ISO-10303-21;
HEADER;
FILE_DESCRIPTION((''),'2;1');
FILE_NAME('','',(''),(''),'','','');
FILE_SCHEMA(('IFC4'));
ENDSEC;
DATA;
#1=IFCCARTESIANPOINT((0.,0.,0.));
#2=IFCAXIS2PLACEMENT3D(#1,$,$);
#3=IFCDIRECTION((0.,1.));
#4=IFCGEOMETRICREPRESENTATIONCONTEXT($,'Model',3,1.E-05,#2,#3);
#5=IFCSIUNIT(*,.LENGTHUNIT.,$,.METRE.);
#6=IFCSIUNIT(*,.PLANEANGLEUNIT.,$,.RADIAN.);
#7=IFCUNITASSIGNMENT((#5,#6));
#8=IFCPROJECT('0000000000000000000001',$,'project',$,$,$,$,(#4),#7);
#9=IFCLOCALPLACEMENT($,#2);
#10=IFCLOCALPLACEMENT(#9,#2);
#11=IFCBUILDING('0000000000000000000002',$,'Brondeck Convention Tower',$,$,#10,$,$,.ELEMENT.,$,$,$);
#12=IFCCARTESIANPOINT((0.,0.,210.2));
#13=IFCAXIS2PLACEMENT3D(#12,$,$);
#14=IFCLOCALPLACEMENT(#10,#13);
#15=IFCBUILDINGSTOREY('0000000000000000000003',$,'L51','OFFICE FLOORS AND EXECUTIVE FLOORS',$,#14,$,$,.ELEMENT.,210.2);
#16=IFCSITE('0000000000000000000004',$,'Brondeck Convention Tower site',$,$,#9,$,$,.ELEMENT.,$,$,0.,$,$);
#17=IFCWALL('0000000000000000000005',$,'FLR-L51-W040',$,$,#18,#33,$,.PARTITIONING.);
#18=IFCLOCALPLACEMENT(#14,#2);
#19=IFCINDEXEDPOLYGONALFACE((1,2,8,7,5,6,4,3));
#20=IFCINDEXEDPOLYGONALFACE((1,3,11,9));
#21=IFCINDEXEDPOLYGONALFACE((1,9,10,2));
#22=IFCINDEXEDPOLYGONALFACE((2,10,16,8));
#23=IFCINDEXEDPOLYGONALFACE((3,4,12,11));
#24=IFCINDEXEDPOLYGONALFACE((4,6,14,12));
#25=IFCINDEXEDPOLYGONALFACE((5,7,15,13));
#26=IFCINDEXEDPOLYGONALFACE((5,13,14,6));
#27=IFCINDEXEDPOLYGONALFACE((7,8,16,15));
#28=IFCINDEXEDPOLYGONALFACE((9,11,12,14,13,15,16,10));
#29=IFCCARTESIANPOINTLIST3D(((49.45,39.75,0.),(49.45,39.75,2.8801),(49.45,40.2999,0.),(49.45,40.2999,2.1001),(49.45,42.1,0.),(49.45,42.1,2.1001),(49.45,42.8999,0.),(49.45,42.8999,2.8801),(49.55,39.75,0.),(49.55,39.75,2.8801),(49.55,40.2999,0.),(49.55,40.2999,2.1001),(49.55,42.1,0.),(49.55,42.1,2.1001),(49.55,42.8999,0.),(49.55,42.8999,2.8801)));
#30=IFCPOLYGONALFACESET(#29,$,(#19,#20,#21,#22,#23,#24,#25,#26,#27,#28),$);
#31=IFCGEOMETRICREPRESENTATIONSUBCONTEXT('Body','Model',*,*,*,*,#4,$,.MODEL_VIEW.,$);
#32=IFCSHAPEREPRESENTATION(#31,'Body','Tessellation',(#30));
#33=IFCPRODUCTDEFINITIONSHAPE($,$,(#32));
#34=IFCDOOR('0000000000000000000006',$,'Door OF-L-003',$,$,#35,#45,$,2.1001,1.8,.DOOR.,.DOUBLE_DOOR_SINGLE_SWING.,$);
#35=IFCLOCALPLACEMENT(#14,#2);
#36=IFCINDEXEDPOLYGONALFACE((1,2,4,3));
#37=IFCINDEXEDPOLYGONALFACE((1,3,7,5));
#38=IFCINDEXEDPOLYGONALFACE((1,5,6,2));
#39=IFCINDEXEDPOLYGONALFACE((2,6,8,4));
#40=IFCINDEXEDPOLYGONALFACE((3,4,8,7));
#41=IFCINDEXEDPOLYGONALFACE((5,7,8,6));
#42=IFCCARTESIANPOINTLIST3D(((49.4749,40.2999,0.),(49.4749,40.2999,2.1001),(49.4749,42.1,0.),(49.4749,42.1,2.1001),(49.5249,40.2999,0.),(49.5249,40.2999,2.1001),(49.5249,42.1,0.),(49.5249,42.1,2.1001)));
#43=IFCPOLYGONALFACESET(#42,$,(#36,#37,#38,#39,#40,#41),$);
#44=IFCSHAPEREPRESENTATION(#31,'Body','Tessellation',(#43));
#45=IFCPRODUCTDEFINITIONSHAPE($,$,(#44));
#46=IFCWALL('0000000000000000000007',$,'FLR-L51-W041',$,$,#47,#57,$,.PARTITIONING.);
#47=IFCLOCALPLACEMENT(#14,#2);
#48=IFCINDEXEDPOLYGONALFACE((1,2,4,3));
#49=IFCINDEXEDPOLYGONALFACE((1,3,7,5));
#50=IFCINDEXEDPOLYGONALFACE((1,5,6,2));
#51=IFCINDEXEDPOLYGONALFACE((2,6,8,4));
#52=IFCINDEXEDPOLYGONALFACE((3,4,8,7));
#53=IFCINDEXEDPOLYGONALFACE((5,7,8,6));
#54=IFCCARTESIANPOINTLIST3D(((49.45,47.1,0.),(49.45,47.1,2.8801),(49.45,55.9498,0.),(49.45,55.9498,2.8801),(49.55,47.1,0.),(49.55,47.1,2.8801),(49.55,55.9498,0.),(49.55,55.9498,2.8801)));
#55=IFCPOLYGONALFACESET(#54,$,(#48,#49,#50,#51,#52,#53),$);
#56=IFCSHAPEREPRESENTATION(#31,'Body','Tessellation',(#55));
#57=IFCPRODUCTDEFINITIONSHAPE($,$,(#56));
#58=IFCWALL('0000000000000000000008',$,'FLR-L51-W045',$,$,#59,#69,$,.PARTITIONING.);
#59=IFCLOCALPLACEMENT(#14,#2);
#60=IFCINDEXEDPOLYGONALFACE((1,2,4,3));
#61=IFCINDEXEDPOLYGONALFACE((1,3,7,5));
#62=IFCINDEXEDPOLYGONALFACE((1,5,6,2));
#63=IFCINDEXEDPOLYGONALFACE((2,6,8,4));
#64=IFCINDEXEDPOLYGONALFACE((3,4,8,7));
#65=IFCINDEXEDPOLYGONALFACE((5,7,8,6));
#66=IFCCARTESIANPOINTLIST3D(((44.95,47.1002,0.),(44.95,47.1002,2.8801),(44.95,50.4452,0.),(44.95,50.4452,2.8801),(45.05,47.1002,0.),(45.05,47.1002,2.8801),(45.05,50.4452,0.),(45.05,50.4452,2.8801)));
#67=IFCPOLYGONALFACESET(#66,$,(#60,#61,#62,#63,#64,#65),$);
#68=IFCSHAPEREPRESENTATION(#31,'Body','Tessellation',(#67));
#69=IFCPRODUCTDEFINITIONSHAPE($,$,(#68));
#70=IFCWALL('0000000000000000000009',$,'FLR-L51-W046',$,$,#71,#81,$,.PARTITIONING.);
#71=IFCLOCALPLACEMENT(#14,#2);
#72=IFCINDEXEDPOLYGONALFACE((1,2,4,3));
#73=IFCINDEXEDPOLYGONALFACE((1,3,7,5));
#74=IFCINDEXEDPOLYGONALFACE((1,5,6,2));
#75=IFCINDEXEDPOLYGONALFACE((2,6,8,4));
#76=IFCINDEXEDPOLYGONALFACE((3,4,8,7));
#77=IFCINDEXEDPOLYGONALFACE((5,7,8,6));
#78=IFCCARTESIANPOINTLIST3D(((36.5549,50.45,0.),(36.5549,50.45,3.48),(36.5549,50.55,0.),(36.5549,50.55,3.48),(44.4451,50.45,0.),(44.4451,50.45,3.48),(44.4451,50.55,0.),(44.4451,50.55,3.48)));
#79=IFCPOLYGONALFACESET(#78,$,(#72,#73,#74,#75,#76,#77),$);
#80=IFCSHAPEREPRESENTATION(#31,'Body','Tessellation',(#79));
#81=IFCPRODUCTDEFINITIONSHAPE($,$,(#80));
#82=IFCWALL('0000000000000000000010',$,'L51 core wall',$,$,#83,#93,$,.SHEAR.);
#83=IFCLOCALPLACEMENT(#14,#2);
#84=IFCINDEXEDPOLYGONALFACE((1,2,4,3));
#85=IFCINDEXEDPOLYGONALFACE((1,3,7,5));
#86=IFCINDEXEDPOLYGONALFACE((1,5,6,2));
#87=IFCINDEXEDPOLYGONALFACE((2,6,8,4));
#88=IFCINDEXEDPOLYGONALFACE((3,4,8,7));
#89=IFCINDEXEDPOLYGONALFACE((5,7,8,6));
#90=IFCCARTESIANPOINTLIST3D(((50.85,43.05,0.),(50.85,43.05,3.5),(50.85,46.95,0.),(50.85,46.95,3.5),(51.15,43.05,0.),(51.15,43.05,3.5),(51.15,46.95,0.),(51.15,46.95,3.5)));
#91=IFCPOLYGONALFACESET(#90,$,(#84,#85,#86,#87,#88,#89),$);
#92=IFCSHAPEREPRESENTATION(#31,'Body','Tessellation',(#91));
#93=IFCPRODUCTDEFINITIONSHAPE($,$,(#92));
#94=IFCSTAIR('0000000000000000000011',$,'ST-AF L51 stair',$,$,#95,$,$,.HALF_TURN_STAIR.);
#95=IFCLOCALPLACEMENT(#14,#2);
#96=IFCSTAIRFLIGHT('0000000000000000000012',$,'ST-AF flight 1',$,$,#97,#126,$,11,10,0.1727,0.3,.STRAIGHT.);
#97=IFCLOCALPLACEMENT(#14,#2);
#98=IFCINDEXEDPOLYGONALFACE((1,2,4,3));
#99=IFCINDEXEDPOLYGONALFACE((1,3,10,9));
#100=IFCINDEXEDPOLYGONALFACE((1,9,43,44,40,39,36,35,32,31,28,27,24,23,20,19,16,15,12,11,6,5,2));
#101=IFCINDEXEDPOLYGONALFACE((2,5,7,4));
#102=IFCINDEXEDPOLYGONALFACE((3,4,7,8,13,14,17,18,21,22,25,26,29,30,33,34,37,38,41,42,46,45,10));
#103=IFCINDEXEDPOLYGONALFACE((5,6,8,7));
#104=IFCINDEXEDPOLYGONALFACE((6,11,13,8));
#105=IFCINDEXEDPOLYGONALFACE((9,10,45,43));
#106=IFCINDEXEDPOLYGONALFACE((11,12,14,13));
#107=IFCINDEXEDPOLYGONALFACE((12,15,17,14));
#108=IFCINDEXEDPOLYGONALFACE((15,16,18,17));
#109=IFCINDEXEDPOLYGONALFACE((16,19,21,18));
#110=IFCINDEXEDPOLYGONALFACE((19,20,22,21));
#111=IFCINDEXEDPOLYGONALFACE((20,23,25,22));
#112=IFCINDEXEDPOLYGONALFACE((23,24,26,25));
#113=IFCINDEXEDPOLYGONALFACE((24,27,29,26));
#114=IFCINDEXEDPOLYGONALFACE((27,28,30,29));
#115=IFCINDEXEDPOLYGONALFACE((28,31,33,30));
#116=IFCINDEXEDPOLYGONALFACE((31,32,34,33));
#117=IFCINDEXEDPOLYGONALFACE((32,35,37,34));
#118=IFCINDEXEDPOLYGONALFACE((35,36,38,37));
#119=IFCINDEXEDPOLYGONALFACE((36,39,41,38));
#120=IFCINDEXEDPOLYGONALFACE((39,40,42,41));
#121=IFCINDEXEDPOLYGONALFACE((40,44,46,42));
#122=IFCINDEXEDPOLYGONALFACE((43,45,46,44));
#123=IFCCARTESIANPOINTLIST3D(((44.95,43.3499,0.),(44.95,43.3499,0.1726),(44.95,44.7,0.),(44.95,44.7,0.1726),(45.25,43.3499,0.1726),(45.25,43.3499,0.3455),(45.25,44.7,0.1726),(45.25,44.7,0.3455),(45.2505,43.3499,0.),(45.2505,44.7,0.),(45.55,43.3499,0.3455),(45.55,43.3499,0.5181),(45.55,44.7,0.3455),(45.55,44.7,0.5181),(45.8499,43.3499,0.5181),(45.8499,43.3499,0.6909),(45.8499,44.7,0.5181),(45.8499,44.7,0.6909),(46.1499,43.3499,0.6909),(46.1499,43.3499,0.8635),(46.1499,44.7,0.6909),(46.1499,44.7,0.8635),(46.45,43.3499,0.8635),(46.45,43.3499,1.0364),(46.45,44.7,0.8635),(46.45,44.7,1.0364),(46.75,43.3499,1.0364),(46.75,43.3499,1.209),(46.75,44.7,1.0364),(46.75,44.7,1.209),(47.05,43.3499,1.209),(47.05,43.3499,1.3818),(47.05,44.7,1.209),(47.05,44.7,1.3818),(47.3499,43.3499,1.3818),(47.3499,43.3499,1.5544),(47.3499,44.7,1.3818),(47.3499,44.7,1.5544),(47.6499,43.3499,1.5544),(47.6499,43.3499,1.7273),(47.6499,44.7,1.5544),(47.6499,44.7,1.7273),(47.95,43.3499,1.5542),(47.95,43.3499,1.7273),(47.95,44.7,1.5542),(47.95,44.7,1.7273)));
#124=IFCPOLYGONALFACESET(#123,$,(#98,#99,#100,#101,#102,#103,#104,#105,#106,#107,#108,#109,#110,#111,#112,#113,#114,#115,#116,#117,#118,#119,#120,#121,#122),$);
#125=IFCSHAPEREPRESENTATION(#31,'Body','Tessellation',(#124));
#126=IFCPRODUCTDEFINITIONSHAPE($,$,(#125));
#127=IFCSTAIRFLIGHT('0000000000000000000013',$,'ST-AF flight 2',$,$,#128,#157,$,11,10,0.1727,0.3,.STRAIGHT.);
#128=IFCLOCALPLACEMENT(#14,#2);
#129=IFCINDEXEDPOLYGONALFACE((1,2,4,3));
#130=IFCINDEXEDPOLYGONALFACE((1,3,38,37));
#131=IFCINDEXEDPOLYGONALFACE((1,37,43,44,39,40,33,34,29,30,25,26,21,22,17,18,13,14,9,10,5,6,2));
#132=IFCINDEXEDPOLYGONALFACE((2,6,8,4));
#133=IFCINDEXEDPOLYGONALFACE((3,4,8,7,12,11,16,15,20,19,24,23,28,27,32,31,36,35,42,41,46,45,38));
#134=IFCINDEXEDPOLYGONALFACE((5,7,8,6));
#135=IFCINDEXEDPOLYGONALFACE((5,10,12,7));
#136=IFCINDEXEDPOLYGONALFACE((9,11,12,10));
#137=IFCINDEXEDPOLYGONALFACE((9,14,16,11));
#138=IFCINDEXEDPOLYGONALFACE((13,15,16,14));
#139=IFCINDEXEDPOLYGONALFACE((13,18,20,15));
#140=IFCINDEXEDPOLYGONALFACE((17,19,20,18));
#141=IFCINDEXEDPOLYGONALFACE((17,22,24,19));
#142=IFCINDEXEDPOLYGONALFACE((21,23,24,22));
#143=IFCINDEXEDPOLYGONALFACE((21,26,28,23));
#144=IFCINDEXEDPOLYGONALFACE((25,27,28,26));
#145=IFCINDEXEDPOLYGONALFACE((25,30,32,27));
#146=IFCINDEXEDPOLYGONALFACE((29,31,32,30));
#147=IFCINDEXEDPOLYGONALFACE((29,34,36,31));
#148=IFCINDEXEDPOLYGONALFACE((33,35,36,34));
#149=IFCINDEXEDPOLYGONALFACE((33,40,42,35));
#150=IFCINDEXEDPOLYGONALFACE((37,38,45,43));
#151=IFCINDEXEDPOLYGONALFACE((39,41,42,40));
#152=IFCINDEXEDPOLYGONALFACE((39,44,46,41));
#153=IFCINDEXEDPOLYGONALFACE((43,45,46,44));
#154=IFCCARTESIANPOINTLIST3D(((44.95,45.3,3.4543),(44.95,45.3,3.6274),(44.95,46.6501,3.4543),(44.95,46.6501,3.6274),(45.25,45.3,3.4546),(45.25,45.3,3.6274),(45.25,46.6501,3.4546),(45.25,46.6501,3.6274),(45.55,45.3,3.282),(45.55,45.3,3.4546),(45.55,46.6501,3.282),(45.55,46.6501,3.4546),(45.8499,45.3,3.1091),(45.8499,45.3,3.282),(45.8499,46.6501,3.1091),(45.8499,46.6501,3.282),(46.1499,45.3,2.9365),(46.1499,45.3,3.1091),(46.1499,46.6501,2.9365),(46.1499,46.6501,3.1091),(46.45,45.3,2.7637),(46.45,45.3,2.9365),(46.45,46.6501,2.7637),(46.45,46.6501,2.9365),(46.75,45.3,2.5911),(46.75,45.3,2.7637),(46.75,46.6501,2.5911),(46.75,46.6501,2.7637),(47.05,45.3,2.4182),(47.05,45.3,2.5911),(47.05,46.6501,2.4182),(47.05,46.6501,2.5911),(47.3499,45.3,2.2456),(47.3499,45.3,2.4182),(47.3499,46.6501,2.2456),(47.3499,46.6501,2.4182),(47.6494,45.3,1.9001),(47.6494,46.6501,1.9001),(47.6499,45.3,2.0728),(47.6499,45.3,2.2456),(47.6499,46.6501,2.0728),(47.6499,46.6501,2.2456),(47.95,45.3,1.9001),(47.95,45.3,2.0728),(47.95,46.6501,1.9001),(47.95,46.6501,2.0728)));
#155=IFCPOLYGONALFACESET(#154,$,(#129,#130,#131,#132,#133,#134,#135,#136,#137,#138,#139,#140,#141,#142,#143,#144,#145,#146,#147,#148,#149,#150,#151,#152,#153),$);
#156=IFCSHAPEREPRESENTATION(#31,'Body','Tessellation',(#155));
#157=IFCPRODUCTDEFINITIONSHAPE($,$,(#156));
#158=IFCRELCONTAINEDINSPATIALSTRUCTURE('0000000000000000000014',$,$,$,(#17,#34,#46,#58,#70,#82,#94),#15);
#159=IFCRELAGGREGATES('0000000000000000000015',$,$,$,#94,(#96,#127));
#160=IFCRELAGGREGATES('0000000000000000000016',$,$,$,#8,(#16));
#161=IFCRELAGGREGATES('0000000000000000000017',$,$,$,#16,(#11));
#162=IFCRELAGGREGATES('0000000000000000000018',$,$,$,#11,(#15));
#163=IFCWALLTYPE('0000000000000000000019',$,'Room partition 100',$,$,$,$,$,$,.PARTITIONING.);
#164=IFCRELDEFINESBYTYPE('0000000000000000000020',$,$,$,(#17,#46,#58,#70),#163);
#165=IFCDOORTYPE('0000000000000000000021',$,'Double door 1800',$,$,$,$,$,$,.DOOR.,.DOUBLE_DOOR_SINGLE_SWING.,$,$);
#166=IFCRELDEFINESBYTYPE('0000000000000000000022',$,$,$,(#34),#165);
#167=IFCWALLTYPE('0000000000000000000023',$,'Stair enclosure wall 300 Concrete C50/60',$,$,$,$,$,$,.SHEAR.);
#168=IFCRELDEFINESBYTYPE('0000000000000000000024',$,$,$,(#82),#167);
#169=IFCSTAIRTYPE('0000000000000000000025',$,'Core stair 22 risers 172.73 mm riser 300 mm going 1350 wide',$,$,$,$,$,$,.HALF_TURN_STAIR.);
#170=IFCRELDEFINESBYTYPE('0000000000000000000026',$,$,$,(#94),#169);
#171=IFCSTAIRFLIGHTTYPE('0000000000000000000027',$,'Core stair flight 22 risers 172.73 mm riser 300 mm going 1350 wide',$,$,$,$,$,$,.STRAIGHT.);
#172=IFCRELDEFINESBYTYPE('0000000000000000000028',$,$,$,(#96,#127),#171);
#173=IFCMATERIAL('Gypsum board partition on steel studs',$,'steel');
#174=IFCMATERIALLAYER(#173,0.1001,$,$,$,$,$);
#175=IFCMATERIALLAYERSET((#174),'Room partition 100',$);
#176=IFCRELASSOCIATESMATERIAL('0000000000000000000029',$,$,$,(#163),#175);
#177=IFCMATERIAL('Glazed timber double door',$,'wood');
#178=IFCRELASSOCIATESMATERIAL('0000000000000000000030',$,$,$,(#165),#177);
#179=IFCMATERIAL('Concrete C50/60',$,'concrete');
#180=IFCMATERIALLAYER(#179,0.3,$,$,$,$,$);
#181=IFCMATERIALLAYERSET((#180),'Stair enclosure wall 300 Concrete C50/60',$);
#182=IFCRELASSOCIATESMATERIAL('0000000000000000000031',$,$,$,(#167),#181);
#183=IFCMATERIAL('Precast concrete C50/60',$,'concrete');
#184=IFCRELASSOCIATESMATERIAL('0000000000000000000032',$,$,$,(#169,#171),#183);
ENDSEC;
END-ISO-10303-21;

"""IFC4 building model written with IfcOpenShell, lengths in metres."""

from ifc_helpers import new_model, si_unit, direction, frame, frame_2d, origin, place, context, subcontext, project, spatial, polyline, rectangle, outline, extrude, material, layer, layer_set, type_object, element, fill, aggregate, save


model = new_model("IFC4")

# Units and contexts
model_context = context("Model", 3, precision=1e-05, world=origin(), true_north=direction((0.0, 1.0)))
body_context = subcontext(model_context, "Body", "Model", "MODEL_VIEW")
ifc_project = project(units=[si_unit("LENGTHUNIT", "METRE"), si_unit("PLANEANGLEUNIT", "RADIAN")], contexts=[model_context])

# Site, building, storey
site_placement = place(None, origin())
site = spatial("IfcSite", under=ifc_project, at=site_placement, Name="Brondeck Convention Tower site", CompositionType="ELEMENT", RefElevation=0.0)
building_placement = place(site_placement, origin())
building = spatial("IfcBuilding", under=site, at=building_placement, Name="Brondeck Convention Tower", CompositionType="ELEMENT")
storey_placement = place(building_placement, frame((0.0, 0.0, 210.2)))
storey = spatial("IfcBuildingStorey", under=building, at=storey_placement, Name="L51", Description="OFFICE FLOORS AND EXECUTIVE FLOORS", CompositionType="ELEMENT", Elevation=210.2)

# Shared definitions
ifc_material_1 = material(Name="Concrete C50/60", Category="concrete")

# Wall, opening, door
ifc_material_2 = material(Name="Gypsum board partition on steel studs", Category="steel")
ifc_layer_1 = layer(ifc_material_2, 0.1001)
ifc_layer_set_1 = layer_set([ifc_layer_1], Name="Room partition 100")
wall_type_1 = type_object("IfcWallType", Name="Room partition 100", PredefinedType="PARTITIONING", material=ifc_layer_set_1)
wall_1_placement = place(storey_placement, frame((49.5, 42.8999, 0.0), z_axis=(0.0, 0.0, 1.0), x_axis=(0.0, -1.0, 0.0)))
wall_1 = element("IfcWall", 1, at=wall_1_placement, inside=storey, type_object=wall_type_1, Name="FLR-L51-W040", PredefinedType="PARTITIONING", context=body_context, shape_type="SweptSolid", body=[
    extrude(rectangle(XDim=3.1499, YDim=0.1001, at=frame_2d((1.575, 0.0))), origin(), (0.0, 0.0, 1.0), 2.8801),
])
opening_placement = place(wall_1_placement, frame((0.8, 0.0, 0.0)))
opening = element("IfcOpeningElement", 2, at=opening_placement, cuts=wall_1, PredefinedType="OPENING", context=body_context, shape_type="SweptSolid", body=[
    extrude(rectangle(XDim=1.8, YDim=2.1001, at=frame_2d((0.8999, 1.05))), frame((0.0, 0.0601, 0.0), z_axis=(0.0, -1.0, 0.0), x_axis=(1.0, 0.0, 0.0)), (0.0, 0.0, 1.0), 0.1201),
])
ifc_material_3 = material(Name="Glazed timber double door", Category="wood")
door_type = type_object("IfcDoorType", Name="Double door 1800", OperationType="DOUBLE_DOOR_SINGLE_SWING", PredefinedType="DOOR", material=ifc_material_3)
door_placement = place(opening_placement, origin())
door = element("IfcDoor", 3, at=door_placement, inside=storey, type_object=door_type, Name="Door OF-L-003", OperationType="DOUBLE_DOOR_SINGLE_SWING", OverallHeight=2.1001, OverallWidth=1.8, PredefinedType="DOOR", context=body_context, shape_type="SweptSolid", body=[
    extrude(rectangle(XDim=1.8, YDim=2.1001, at=frame_2d((0.8999, 1.05))), frame((0.0, 0.0249, 0.0), z_axis=(0.0, -1.0, 0.0), x_axis=(1.0, 0.0, 0.0)), (0.0, 0.0, 1.0), 0.05),
])
fill(opening, door)

# Walls
wall_2_placement = place(storey_placement, frame((49.5, 47.1001, 0.0), z_axis=(0.0, 0.0, 1.0), x_axis=(0.0, 1.0, 0.0)))
element("IfcWall", 4, at=wall_2_placement, inside=storey, type_object=wall_type_1, Name="FLR-L51-W041", PredefinedType="PARTITIONING", context=body_context, shape_type="SweptSolid", body=[
    extrude(rectangle(XDim=8.8499, YDim=0.1001, at=frame_2d((4.4248, 0.0))), origin(), (0.0, 0.0, 1.0), 2.8801),
])
wall_3_placement = place(storey_placement, frame((45.0, 50.4451, 0.0), z_axis=(0.0, 0.0, 1.0), x_axis=(0.0, -1.0, 0.0)))
element("IfcWall", 5, at=wall_3_placement, inside=storey, type_object=wall_type_1, Name="FLR-L51-W045", PredefinedType="PARTITIONING", context=body_context, shape_type="SweptSolid", body=[
    extrude(rectangle(XDim=3.345, YDim=0.1001, at=frame_2d((1.6724, 0.0))), origin(), (0.0, 0.0, 1.0), 2.8801),
])
wall_4_placement = place(storey_placement, frame((44.4451, 50.5, 0.0), z_axis=(0.0, 0.0, 1.0), x_axis=(-1.0, 0.0, 0.0)))
element("IfcWall", 6, at=wall_4_placement, inside=storey, type_object=wall_type_1, Name="FLR-L51-W046", PredefinedType="PARTITIONING", context=body_context, shape_type="SweptSolid", body=[
    extrude(rectangle(XDim=7.8901, YDim=0.1001, at=frame_2d((3.9451, 0.0))), origin(), (0.0, 0.0, 1.0), 3.48),
])
ifc_layer_2 = layer(ifc_material_1, 0.3)
ifc_layer_set_2 = layer_set([ifc_layer_2], Name="Stair enclosure wall 300 Concrete C50/60")
wall_type_2 = type_object("IfcWallType", Name="Stair enclosure wall 300 Concrete C50/60", PredefinedType="SHEAR", material=ifc_layer_set_2)
wall_5_placement = place(storey_placement, frame((51.0, 43.05, 0.0), z_axis=(0.0, 0.0, 1.0), x_axis=(0.0, 1.0, 0.0)))
element("IfcWall", 7, at=wall_5_placement, inside=storey, type_object=wall_type_2, Name="L51 core wall", PredefinedType="SHEAR", context=body_context, shape_type="SweptSolid", body=[
    extrude(rectangle(XDim=3.8999, YDim=0.3, at=frame_2d((1.95, 0.0))), origin(), (0.0, 0.0, 1.0), 3.5),
])

# Stair, stair flights
ifc_material_4 = material(Name="Precast concrete C50/60", Category="concrete")
stair_type = type_object("IfcStairType", Name="Core stair 22 risers 172.73 mm riser 300 mm going 1350 wide", PredefinedType="HALF_TURN_STAIR", material=ifc_material_4)
stair_placement = place(storey_placement, origin())
stair = element("IfcStair", 8, at=stair_placement, inside=storey, type_object=stair_type, Name="ST-AF L51 stair", PredefinedType="HALF_TURN_STAIR")
stair_flight_type = type_object("IfcStairFlightType", Name="Core stair flight 22 risers 172.73 mm riser 300 mm going 1350 wide", PredefinedType="STRAIGHT", material=ifc_material_4)
stair_flight_1_placement = place(storey_placement, frame((44.95, 44.0249, 0.0), z_axis=(0.0, 0.0, 1.0), x_axis=(1.0, 0.0, 0.0)))
stair_flight_1 = element("IfcStairFlight", 9, at=stair_flight_1_placement, type_object=stair_flight_type, Name="ST-AF flight 1", NumberOfRisers=11, NumberOfTreads=10, PredefinedType="STRAIGHT", RiserHeight=0.1727, TreadLength=0.3, context=body_context, shape_type="SweptSolid", body=[
    extrude(outline(polyline([(0.0, 0.0), (0.0, 0.1726), (0.3, 0.1726), (0.3, 0.3455), (0.6001, 0.3455), (0.6001, 0.5181), (0.8999, 0.5181), (0.8999, 0.6909), (1.2, 0.6909), (1.2, 0.8635), (1.5, 0.8635), (1.5, 1.0364), (1.8, 1.0364), (1.8, 1.209), (2.1001, 1.209), (2.1001, 1.3818), (2.3999, 1.3818), (2.3999, 1.5544), (2.7, 1.5544), (2.7, 1.7273), (3.0, 1.7273), (3.0, 1.8999), (3.0, 1.5542), (0.3005, 0.0), (0.0, 0.0)])), frame((0.0, 0.675, 0.0), z_axis=(0.0, -1.0, 0.0), x_axis=(1.0, 0.0, 0.0)), (0.0, 0.0, 1.0), 1.3501),
])
stair_flight_2_placement = place(storey_placement, frame((47.95, 45.9751, 1.9001), z_axis=(0.0, 0.0, 1.0), x_axis=(-1.0, 0.0, 0.0)))
stair_flight_2 = element("IfcStairFlight", 10, at=stair_flight_2_placement, type_object=stair_flight_type, Name="ST-AF flight 2", NumberOfRisers=11, NumberOfTreads=10, PredefinedType="STRAIGHT", RiserHeight=0.1727, TreadLength=0.3, context=body_context, shape_type="SweptSolid", body=[
    extrude(outline(polyline([(0.0, 0.0), (0.0, 0.1726), (0.3, 0.1726), (0.3, 0.3455), (0.6001, 0.3455), (0.6001, 0.5181), (0.8999, 0.5181), (0.8999, 0.6909), (1.2, 0.6909), (1.2, 0.8635), (1.5, 0.8635), (1.5, 1.0364), (1.8, 1.0364), (1.8, 1.209), (2.1001, 1.209), (2.1001, 1.3818), (2.3999, 1.3818), (2.3999, 1.5544), (2.7, 1.5544), (2.7, 1.7273), (3.0, 1.7273), (3.0, 1.8999), (3.0, 1.5542), (0.3005, 0.0), (0.0, 0.0)])), frame((0.0, 0.675, 0.0), z_axis=(0.0, -1.0, 0.0), x_axis=(1.0, 0.0, 0.0)), (0.0, 0.0, 1.0), 1.3501),
])
aggregate(stair, [stair_flight_1, stair_flight_2])

save(model, "model.ifc")
